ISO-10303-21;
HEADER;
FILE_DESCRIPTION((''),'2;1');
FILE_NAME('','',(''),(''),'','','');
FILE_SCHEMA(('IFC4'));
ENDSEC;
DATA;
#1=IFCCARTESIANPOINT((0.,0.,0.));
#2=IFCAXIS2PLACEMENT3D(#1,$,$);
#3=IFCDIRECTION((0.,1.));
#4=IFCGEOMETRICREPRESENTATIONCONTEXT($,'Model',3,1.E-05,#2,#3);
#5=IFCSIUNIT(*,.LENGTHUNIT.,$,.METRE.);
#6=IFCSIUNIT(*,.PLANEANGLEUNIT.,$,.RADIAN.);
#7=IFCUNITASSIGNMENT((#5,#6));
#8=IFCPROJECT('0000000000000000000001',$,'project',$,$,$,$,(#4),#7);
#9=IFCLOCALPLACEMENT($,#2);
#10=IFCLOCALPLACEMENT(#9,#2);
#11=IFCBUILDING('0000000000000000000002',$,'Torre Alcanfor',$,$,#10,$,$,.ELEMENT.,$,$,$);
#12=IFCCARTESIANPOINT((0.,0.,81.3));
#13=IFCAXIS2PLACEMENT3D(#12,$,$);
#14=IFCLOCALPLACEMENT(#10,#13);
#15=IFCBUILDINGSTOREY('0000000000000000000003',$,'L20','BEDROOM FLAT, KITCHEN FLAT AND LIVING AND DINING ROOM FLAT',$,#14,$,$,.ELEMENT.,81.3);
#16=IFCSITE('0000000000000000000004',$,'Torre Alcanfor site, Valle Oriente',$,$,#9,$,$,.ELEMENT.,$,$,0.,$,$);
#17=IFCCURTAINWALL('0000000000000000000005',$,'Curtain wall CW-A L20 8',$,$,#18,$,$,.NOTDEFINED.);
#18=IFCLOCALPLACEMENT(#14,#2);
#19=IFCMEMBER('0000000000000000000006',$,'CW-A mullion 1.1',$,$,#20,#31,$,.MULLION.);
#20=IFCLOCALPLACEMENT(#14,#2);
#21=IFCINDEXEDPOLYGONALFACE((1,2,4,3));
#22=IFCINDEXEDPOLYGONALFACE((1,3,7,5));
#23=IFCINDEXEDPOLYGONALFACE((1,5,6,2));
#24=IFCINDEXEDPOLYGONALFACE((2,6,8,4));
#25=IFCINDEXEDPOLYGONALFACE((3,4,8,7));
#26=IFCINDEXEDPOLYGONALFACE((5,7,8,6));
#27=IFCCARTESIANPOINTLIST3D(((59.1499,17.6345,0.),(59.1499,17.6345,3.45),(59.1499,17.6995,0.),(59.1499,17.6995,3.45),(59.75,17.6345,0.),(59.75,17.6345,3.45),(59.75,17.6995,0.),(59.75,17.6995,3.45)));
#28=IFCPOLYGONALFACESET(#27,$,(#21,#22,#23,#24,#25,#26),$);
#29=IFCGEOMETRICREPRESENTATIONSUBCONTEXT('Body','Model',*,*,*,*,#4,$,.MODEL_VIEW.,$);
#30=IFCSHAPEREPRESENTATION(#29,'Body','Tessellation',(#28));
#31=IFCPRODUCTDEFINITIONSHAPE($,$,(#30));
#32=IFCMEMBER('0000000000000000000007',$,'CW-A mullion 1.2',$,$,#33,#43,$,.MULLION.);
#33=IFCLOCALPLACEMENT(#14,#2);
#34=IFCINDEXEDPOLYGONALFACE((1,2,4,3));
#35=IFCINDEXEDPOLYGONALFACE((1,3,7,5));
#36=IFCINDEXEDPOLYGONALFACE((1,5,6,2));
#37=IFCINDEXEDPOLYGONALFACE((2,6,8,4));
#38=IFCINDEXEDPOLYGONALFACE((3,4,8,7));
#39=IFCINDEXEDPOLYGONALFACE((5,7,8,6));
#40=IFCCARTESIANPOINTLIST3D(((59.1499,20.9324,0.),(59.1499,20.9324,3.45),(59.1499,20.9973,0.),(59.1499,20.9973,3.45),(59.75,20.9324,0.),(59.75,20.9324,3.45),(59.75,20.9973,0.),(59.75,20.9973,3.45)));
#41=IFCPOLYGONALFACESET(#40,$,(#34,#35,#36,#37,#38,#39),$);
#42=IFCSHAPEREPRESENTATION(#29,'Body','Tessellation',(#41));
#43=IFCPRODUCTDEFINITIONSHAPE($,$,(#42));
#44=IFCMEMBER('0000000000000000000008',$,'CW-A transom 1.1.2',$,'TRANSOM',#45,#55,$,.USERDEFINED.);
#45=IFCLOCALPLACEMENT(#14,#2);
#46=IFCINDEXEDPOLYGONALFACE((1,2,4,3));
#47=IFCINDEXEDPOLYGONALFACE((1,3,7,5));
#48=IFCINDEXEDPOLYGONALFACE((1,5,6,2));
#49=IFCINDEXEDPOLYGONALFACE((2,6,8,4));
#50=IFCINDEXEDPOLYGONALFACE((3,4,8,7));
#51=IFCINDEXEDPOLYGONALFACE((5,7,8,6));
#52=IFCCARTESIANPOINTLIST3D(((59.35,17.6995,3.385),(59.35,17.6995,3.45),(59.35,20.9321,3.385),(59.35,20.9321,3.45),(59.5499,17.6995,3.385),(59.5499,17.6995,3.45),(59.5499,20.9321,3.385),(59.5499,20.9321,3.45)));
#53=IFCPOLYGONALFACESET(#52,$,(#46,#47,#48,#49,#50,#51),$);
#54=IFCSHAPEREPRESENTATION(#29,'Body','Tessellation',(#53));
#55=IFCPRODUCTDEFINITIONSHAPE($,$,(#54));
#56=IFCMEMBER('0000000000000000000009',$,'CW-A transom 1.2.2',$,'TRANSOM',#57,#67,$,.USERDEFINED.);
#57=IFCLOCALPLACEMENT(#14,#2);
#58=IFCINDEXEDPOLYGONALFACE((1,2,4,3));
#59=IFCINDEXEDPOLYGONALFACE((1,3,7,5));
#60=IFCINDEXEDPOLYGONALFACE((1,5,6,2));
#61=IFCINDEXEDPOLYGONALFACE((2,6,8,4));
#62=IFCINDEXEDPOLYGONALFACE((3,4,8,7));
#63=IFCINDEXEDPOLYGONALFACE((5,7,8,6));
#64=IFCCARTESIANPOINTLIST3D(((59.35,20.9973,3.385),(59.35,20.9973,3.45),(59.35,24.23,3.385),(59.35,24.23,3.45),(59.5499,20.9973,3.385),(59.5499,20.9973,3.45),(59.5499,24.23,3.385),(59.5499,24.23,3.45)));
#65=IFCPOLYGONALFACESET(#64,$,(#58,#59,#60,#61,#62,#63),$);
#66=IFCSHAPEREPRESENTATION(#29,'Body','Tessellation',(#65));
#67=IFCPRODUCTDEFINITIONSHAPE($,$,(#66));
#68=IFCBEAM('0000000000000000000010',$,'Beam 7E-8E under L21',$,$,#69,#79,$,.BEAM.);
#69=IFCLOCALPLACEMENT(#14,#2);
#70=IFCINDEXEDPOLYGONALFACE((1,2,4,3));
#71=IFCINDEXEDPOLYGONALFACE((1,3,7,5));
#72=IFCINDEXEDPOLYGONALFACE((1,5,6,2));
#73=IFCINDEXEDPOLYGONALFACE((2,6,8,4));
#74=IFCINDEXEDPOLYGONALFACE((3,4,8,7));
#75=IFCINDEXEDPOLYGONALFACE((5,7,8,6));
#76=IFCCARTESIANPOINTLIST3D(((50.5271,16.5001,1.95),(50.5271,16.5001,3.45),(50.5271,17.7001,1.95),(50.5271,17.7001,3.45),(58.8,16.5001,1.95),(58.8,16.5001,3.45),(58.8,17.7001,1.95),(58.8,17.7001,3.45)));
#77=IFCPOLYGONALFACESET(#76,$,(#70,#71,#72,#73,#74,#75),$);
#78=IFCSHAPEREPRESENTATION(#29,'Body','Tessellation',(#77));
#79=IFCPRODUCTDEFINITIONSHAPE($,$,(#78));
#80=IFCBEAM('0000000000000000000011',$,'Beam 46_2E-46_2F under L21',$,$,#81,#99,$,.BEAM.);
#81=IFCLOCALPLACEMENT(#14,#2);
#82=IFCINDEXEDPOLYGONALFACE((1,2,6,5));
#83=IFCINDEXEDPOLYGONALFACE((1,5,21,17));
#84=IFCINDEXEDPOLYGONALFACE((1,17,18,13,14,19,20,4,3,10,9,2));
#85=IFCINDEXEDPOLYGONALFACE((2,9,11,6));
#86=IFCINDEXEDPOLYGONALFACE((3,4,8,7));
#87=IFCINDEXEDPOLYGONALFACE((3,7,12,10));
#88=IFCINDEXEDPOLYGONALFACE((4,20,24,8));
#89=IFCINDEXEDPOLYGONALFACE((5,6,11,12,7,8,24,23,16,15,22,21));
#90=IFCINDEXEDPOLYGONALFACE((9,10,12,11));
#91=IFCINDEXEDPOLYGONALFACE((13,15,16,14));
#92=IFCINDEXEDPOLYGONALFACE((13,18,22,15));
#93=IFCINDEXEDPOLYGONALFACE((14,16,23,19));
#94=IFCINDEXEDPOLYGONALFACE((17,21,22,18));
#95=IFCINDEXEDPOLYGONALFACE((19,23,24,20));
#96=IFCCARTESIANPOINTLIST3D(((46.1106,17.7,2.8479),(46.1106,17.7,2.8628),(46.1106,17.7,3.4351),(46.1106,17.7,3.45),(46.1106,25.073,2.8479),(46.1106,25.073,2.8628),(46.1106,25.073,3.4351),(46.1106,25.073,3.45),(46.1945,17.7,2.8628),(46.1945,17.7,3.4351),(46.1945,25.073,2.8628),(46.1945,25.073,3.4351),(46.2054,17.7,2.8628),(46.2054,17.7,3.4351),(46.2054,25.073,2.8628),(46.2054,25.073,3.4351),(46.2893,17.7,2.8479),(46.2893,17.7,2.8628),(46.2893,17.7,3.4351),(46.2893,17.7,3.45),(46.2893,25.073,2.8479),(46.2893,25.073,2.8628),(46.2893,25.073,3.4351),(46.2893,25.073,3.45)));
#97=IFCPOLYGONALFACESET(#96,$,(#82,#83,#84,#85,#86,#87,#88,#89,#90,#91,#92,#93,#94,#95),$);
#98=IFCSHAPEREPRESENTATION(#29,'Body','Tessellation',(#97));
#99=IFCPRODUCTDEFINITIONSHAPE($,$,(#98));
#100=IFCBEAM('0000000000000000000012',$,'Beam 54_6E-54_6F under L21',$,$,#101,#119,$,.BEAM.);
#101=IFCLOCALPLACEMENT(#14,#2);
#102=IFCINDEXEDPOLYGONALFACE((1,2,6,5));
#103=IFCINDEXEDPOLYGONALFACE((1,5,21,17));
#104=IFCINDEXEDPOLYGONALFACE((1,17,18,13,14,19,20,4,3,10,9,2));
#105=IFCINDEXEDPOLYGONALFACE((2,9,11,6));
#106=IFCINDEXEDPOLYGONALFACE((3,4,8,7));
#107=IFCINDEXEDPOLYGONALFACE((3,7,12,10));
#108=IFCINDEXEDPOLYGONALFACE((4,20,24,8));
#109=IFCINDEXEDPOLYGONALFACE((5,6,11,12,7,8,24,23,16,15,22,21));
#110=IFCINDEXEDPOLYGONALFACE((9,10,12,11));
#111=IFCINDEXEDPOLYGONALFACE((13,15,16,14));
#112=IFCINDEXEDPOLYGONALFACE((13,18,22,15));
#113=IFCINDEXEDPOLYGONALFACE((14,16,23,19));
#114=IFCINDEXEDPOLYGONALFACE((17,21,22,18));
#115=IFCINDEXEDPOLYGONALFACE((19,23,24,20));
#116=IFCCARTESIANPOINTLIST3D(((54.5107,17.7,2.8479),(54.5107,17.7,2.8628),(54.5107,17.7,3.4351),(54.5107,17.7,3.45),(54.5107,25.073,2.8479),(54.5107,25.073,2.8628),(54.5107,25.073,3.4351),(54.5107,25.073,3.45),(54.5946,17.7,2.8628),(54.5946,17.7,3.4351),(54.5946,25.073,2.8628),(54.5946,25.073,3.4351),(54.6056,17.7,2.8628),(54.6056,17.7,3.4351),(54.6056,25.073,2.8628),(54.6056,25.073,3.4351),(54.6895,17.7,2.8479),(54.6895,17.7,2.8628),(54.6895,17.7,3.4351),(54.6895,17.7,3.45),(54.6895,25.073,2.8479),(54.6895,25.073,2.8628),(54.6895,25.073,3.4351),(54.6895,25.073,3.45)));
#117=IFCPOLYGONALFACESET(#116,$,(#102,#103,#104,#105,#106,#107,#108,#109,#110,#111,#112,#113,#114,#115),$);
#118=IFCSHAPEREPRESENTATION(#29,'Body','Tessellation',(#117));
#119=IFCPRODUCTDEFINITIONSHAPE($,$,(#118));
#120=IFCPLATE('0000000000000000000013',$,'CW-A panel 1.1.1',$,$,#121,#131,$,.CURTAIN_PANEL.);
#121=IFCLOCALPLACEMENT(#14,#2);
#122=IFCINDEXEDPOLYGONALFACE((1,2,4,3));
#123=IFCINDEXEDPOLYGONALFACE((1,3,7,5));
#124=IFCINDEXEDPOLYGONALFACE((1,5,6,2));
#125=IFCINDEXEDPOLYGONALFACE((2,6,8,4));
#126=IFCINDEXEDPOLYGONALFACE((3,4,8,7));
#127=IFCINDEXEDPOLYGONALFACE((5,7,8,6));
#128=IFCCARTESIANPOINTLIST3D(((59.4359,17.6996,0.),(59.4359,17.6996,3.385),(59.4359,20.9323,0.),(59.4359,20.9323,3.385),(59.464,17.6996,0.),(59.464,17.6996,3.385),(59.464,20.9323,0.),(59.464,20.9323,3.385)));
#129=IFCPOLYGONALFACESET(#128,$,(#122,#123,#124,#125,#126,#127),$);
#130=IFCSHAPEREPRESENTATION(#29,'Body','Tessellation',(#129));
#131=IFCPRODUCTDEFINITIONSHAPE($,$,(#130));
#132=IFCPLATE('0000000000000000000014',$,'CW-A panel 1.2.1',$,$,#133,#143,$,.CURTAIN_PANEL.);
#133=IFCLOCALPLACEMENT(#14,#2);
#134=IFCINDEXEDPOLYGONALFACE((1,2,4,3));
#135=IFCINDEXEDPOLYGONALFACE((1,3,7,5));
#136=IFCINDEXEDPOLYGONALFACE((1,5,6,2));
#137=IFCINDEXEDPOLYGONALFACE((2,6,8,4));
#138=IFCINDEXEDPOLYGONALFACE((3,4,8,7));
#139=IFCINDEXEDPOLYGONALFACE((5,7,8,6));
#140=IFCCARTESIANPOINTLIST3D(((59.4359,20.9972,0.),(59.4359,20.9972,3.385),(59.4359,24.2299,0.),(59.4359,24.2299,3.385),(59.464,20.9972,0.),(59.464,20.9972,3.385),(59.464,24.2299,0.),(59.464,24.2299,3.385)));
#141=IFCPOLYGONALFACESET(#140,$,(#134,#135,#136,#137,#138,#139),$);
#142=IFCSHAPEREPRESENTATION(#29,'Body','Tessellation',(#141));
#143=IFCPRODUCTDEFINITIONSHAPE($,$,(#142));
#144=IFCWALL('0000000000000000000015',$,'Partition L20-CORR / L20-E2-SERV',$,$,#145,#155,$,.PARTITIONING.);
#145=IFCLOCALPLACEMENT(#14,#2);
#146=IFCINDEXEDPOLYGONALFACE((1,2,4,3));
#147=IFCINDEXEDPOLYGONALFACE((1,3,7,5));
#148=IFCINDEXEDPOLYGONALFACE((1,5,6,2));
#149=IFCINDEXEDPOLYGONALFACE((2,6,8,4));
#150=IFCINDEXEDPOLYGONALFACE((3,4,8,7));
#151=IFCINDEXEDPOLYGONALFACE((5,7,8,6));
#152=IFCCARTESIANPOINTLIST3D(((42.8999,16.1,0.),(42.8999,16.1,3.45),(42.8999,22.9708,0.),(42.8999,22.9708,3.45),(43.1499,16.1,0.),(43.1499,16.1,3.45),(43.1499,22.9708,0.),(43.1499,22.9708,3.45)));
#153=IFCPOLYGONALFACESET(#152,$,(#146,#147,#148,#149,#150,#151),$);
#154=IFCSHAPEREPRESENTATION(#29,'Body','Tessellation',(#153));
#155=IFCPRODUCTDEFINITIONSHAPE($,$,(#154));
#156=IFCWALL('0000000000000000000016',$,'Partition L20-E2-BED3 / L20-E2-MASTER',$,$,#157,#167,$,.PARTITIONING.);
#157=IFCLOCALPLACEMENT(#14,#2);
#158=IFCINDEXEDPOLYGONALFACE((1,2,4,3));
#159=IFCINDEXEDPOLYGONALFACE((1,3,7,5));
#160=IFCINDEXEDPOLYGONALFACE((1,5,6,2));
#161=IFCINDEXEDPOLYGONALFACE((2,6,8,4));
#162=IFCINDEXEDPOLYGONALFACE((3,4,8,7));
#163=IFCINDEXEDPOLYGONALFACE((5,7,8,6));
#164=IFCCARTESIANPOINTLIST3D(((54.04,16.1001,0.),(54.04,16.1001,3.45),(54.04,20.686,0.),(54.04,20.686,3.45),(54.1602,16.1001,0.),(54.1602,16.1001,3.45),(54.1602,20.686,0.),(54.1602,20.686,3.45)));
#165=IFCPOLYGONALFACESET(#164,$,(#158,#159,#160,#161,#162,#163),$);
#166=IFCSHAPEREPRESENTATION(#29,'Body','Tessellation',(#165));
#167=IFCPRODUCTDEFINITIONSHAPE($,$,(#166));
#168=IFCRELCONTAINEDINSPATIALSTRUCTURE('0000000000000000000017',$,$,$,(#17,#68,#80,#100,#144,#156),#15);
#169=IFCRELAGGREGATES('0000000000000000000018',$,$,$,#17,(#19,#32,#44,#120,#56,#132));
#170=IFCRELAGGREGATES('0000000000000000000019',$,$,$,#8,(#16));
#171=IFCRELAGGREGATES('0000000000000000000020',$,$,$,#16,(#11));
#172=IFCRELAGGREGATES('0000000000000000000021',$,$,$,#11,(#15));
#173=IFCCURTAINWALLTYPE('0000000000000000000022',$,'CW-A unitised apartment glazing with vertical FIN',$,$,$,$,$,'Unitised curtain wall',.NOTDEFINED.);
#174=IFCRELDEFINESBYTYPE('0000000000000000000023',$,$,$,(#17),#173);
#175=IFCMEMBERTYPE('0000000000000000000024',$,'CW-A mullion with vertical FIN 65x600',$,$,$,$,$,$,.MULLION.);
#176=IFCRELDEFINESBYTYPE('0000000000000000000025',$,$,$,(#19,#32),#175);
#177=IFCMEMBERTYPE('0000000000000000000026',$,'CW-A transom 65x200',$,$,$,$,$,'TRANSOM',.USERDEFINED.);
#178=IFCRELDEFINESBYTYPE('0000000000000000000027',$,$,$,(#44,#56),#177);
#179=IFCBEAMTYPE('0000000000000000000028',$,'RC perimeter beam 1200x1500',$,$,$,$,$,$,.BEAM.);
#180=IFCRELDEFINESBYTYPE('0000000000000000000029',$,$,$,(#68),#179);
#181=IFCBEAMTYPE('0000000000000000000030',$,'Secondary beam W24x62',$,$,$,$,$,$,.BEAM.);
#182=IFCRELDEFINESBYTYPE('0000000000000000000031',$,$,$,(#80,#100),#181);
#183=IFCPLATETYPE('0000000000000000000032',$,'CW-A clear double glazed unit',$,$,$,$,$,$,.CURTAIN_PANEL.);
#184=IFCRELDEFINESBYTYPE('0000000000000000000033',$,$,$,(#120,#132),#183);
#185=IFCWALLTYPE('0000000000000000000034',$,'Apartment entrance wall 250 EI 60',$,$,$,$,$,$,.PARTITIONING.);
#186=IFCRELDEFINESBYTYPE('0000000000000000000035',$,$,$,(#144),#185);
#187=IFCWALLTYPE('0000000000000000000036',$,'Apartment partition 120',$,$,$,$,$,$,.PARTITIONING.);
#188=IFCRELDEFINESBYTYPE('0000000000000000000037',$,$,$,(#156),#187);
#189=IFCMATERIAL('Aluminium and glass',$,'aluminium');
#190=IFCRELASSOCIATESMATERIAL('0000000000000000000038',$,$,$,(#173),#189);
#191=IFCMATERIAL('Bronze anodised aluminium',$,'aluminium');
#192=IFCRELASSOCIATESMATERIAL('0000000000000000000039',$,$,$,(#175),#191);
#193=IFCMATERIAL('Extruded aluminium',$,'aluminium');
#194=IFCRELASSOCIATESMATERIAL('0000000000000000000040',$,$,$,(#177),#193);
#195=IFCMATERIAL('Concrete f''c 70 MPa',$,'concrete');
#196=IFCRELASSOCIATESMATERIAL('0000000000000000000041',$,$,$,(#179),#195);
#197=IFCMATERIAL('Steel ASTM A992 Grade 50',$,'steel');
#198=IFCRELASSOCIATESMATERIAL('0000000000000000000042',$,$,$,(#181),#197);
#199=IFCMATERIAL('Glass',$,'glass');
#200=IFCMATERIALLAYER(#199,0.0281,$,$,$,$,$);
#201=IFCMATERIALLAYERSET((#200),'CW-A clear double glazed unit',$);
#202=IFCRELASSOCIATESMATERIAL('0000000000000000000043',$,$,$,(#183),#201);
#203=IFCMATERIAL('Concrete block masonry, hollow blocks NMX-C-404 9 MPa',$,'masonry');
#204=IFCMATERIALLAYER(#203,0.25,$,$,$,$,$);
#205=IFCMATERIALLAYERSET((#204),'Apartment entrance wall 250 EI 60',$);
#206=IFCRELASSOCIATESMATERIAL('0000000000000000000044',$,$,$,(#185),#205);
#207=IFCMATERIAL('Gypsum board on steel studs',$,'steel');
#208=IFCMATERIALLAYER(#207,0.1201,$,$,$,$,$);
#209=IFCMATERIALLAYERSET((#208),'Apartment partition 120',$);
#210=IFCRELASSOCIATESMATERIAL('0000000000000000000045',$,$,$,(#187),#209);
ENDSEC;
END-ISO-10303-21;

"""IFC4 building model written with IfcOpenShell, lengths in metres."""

from ifc_helpers import new_model, si_unit, direction, frame, frame_2d, origin, origin_2d, place, context, subcontext, project, spatial, rectangle, i_section, extrude, material, layer, layer_set, material_profile, profile_set, type_object, element, aggregate, save


model = new_model("IFC4")

# Units and contexts
model_context = context("Model", 3, precision=1e-05, world=origin(), true_north=direction((0.0, 1.0)))
body_context = subcontext(model_context, "Body", "Model", "MODEL_VIEW")
ifc_project = project(units=[si_unit("LENGTHUNIT", "METRE"), si_unit("PLANEANGLEUNIT", "RADIAN")], contexts=[model_context])

# Site, building, storey
site_placement = place(None, origin())
site = spatial("IfcSite", under=ifc_project, at=site_placement, Name="Torre Alcanfor site, Valle Oriente", CompositionType="ELEMENT", RefElevation=0.0)
building_placement = place(site_placement, origin())
building = spatial("IfcBuilding", under=site, at=building_placement, Name="Torre Alcanfor", CompositionType="ELEMENT")
storey_placement = place(building_placement, frame((0.0, 0.0, 81.3)))
storey = spatial("IfcBuildingStorey", under=building, at=storey_placement, Name="L20", Description="BEDROOM FLAT, KITCHEN FLAT AND LIVING AND DINING ROOM FLAT", CompositionType="ELEMENT", Elevation=81.3)

# Curtain wall, members
ifc_material_1 = material(Name="Aluminium and glass", Category="aluminium")
curtain_wall_type = type_object("IfcCurtainWallType", Name="CW-A unitised apartment glazing with vertical FIN", ElementType="Unitised curtain wall", PredefinedType="NOTDEFINED", material=ifc_material_1)
curtain_wall_placement = place(storey_placement, origin())
curtain_wall = element("IfcCurtainWall", 1, at=curtain_wall_placement, inside=storey, type_object=curtain_wall_type, Name="Curtain wall CW-A L20 8", PredefinedType="NOTDEFINED")
ifc_material_2 = material(Name="Bronze anodised aluminium", Category="aluminium")
ifc_material_profile_1 = material_profile(ifc_material_2, rectangle(XDim=0.6001, YDim=0.0649, at=origin_2d()), Name="CW-A mullion 65x600")
ifc_profile_set_1 = profile_set([ifc_material_profile_1], Name="Bronze anodised aluminium")
member_type_1 = type_object("IfcMemberType", Name="CW-A mullion with vertical FIN 65x600", PredefinedType="MULLION", material=ifc_profile_set_1)
member_1_placement = place(storey_placement, frame((59.45, 17.667, 0.0), z_axis=(0.0, 0.0, 1.0), x_axis=(-1.0, 0.0, 0.0)))
member_1 = element("IfcMember", 2, at=member_1_placement, type_object=member_type_1, Name="CW-A mullion 1.1", PredefinedType="MULLION", context=body_context, shape_type="SweptSolid", body=[
    extrude(rectangle(XDim=0.6001, YDim=0.0649, at=origin_2d()), origin(), (0.0, 0.0, 1.0), 3.45),
])
member_2_placement = place(storey_placement, frame((59.45, 20.9648, 0.0), z_axis=(0.0, 0.0, 1.0), x_axis=(-1.0, 0.0, 0.0)))
member_2 = element("IfcMember", 3, at=member_2_placement, type_object=member_type_1, Name="CW-A mullion 1.2", PredefinedType="MULLION", context=body_context, shape_type="SweptSolid", body=[
    extrude(rectangle(XDim=0.6001, YDim=0.0649, at=origin_2d()), origin(), (0.0, 0.0, 1.0), 3.45),
])
ifc_material_3 = material(Name="Extruded aluminium", Category="aluminium")
ifc_material_profile_2 = material_profile(ifc_material_3, rectangle(XDim=0.2, YDim=0.0649, at=origin_2d()), Name="CW-A transom 200x65")
ifc_profile_set_2 = profile_set([ifc_material_profile_2], Name="Extruded aluminium")
member_type_2 = type_object("IfcMemberType", Name="CW-A transom 65x200", ElementType="TRANSOM", PredefinedType="USERDEFINED", material=ifc_profile_set_2)
member_3_placement = place(storey_placement, frame((59.45, 17.6995, 3.4175), z_axis=(0.0, 1.0, 0.0), x_axis=(-1.0, 0.0, 0.0)))
member_3 = element("IfcMember", 4, at=member_3_placement, type_object=member_type_2, Name="CW-A transom 1.1.2", ObjectType="TRANSOM", PredefinedType="USERDEFINED", context=body_context, shape_type="SweptSolid", body=[
    extrude(rectangle(XDim=0.2, YDim=0.0649, at=origin_2d()), origin(), (0.0, 0.0, 1.0), 3.2327),
])
member_4_placement = place(storey_placement, frame((59.45, 20.9973, 3.4175), z_axis=(0.0, 1.0, 0.0), x_axis=(-1.0, 0.0, 0.0)))
member_4 = element("IfcMember", 5, at=member_4_placement, type_object=member_type_2, Name="CW-A transom 1.2.2", ObjectType="TRANSOM", PredefinedType="USERDEFINED", context=body_context, shape_type="SweptSolid", body=[
    extrude(rectangle(XDim=0.2, YDim=0.0649, at=origin_2d()), origin(), (0.0, 0.0, 1.0), 3.2327),
])

# Beams
ifc_material_4 = material(Name="Concrete f'c 70 MPa", Category="concrete")
ifc_material_profile_3 = material_profile(ifc_material_4, rectangle(XDim=1.2, YDim=1.5, at=origin_2d()), Name="1200x1500")
ifc_profile_set_3 = profile_set([ifc_material_profile_3], Name="Concrete f'c 70 MPa")
beam_type_1 = type_object("IfcBeamType", Name="RC perimeter beam 1200x1500", PredefinedType="BEAM", material=ifc_profile_set_3)
beam_placement = place(storey_placement, frame((50.5271, 17.1001, 2.7), z_axis=(1.0, 0.0, 0.0), x_axis=(0.0, 1.0, 0.0)))
element("IfcBeam", 6, at=beam_placement, inside=storey, type_object=beam_type_1, Name="Beam 7E-8E under L21", PredefinedType="BEAM", context=body_context, shape_type="SweptSolid", body=[
    extrude(rectangle(XDim=1.2, YDim=1.5, at=origin_2d()), origin(), (0.0, 0.0, 1.0), 8.2729),
])
ifc_material_5 = material(Name="Steel ASTM A992 Grade 50", Category="steel")
ifc_material_profile_4 = material_profile(ifc_material_5, i_section(OverallWidth=0.1787, OverallDepth=0.6021, WebThickness=0.011, FlangeThickness=0.0149, at=origin_2d()), Name="W24x62")
ifc_profile_set_4 = profile_set([ifc_material_profile_4], Name="Steel ASTM A992 Grade 50")
beam_type_2 = type_object("IfcBeamType", Name="Secondary beam W24x62", PredefinedType="BEAM", material=ifc_profile_set_4)
for number, where, z_axis, x_axis, name in (
    (7, (46.2, 17.7, 3.1489), (0.0, 1.0, 0.0), (-1.0, 0.0, 0.0), "Beam 46_2E-46_2F under L21"),
    (8, (54.6001, 17.7, 3.1489), (0.0, 1.0, 0.0), (-1.0, 0.0, 0.0), "Beam 54_6E-54_6F under L21"),
):
    element("IfcBeam", number, at=place(storey_placement, frame(where, z_axis=z_axis, x_axis=x_axis)), inside=storey, type_object=beam_type_2, Name=name, PredefinedType="BEAM", context=body_context, shape_type="SweptSolid", body=[
        extrude(i_section(OverallWidth=0.1787, OverallDepth=0.6021, WebThickness=0.011, FlangeThickness=0.0149, at=origin_2d()), origin(), (0.0, 0.0, 1.0), 7.373),
    ])

# Plates
ifc_material_6 = material(Name="Glass", Category="glass")
ifc_layer_1 = layer(ifc_material_6, 0.0281)
ifc_layer_set_1 = layer_set([ifc_layer_1], Name="CW-A clear double glazed unit")
plate_type = type_object("IfcPlateType", Name="CW-A clear double glazed unit", PredefinedType="CURTAIN_PANEL", material=ifc_layer_set_1)
plate_1_placement = place(storey_placement, frame((59.45, 19.3159, 0.0), z_axis=(0.0, 0.0, 1.0), x_axis=(0.0, 1.0, 0.0)))
plate_1 = element("IfcPlate", 9, at=plate_1_placement, type_object=plate_type, Name="CW-A panel 1.1.1", PredefinedType="CURTAIN_PANEL", context=body_context, shape_type="SweptSolid", body=[
    extrude(rectangle(XDim=3.2327, YDim=0.0281, at=origin_2d()), origin(), (0.0, 0.0, 1.0), 3.385),
])
plate_2_placement = place(storey_placement, frame((59.45, 22.6135, 0.0), z_axis=(0.0, 0.0, 1.0), x_axis=(0.0, 1.0, 0.0)))
plate_2 = element("IfcPlate", 10, at=plate_2_placement, type_object=plate_type, Name="CW-A panel 1.2.1", PredefinedType="CURTAIN_PANEL", context=body_context, shape_type="SweptSolid", body=[
    extrude(rectangle(XDim=3.2327, YDim=0.0281, at=origin_2d()), origin(), (0.0, 0.0, 1.0), 3.385),
])
aggregate(curtain_wall, [member_1, member_2, member_3, plate_1, member_4, plate_2])

# Walls
ifc_material_7 = material(Name="Concrete block masonry, hollow blocks NMX-C-404 9 MPa", Category="masonry")
ifc_layer_2 = layer(ifc_material_7, 0.25)
ifc_layer_set_2 = layer_set([ifc_layer_2], Name="Apartment entrance wall 250 EI 60")
wall_type_1 = type_object("IfcWallType", Name="Apartment entrance wall 250 EI 60", PredefinedType="PARTITIONING", material=ifc_layer_set_2)
wall_1_placement = place(storey_placement, frame((43.0249, 22.9709, 0.0), z_axis=(0.0, 0.0, 1.0), x_axis=(0.0, -1.0, 0.0)))
element("IfcWall", 11, at=wall_1_placement, inside=storey, type_object=wall_type_1, Name="Partition L20-CORR / L20-E2-SERV", PredefinedType="PARTITIONING", context=body_context, shape_type="SweptSolid", body=[
    extrude(rectangle(XDim=6.8708, YDim=0.25, at=frame_2d((3.4355, 0.0))), origin(), (0.0, 0.0, 1.0), 3.45),
])
ifc_material_8 = material(Name="Gypsum board on steel studs", Category="steel")
ifc_layer_3 = layer(ifc_material_8, 0.1201)
ifc_layer_set_3 = layer_set([ifc_layer_3], Name="Apartment partition 120")
wall_type_2 = type_object("IfcWallType", Name="Apartment partition 120", PredefinedType="PARTITIONING", material=ifc_layer_set_3)
wall_2_placement = place(storey_placement, frame((54.1001, 20.686, 0.0), z_axis=(0.0, 0.0, 1.0), x_axis=(0.0, -1.0, 0.0)))
element("IfcWall", 12, at=wall_2_placement, inside=storey, type_object=wall_type_2, Name="Partition L20-E2-BED3 / L20-E2-MASTER", PredefinedType="PARTITIONING", context=body_context, shape_type="SweptSolid", body=[
    extrude(rectangle(XDim=4.5859, YDim=0.1201, at=frame_2d((2.293, 0.0))), origin(), (0.0, 0.0, 1.0), 3.45),
])

save(model, "model.ifc")
